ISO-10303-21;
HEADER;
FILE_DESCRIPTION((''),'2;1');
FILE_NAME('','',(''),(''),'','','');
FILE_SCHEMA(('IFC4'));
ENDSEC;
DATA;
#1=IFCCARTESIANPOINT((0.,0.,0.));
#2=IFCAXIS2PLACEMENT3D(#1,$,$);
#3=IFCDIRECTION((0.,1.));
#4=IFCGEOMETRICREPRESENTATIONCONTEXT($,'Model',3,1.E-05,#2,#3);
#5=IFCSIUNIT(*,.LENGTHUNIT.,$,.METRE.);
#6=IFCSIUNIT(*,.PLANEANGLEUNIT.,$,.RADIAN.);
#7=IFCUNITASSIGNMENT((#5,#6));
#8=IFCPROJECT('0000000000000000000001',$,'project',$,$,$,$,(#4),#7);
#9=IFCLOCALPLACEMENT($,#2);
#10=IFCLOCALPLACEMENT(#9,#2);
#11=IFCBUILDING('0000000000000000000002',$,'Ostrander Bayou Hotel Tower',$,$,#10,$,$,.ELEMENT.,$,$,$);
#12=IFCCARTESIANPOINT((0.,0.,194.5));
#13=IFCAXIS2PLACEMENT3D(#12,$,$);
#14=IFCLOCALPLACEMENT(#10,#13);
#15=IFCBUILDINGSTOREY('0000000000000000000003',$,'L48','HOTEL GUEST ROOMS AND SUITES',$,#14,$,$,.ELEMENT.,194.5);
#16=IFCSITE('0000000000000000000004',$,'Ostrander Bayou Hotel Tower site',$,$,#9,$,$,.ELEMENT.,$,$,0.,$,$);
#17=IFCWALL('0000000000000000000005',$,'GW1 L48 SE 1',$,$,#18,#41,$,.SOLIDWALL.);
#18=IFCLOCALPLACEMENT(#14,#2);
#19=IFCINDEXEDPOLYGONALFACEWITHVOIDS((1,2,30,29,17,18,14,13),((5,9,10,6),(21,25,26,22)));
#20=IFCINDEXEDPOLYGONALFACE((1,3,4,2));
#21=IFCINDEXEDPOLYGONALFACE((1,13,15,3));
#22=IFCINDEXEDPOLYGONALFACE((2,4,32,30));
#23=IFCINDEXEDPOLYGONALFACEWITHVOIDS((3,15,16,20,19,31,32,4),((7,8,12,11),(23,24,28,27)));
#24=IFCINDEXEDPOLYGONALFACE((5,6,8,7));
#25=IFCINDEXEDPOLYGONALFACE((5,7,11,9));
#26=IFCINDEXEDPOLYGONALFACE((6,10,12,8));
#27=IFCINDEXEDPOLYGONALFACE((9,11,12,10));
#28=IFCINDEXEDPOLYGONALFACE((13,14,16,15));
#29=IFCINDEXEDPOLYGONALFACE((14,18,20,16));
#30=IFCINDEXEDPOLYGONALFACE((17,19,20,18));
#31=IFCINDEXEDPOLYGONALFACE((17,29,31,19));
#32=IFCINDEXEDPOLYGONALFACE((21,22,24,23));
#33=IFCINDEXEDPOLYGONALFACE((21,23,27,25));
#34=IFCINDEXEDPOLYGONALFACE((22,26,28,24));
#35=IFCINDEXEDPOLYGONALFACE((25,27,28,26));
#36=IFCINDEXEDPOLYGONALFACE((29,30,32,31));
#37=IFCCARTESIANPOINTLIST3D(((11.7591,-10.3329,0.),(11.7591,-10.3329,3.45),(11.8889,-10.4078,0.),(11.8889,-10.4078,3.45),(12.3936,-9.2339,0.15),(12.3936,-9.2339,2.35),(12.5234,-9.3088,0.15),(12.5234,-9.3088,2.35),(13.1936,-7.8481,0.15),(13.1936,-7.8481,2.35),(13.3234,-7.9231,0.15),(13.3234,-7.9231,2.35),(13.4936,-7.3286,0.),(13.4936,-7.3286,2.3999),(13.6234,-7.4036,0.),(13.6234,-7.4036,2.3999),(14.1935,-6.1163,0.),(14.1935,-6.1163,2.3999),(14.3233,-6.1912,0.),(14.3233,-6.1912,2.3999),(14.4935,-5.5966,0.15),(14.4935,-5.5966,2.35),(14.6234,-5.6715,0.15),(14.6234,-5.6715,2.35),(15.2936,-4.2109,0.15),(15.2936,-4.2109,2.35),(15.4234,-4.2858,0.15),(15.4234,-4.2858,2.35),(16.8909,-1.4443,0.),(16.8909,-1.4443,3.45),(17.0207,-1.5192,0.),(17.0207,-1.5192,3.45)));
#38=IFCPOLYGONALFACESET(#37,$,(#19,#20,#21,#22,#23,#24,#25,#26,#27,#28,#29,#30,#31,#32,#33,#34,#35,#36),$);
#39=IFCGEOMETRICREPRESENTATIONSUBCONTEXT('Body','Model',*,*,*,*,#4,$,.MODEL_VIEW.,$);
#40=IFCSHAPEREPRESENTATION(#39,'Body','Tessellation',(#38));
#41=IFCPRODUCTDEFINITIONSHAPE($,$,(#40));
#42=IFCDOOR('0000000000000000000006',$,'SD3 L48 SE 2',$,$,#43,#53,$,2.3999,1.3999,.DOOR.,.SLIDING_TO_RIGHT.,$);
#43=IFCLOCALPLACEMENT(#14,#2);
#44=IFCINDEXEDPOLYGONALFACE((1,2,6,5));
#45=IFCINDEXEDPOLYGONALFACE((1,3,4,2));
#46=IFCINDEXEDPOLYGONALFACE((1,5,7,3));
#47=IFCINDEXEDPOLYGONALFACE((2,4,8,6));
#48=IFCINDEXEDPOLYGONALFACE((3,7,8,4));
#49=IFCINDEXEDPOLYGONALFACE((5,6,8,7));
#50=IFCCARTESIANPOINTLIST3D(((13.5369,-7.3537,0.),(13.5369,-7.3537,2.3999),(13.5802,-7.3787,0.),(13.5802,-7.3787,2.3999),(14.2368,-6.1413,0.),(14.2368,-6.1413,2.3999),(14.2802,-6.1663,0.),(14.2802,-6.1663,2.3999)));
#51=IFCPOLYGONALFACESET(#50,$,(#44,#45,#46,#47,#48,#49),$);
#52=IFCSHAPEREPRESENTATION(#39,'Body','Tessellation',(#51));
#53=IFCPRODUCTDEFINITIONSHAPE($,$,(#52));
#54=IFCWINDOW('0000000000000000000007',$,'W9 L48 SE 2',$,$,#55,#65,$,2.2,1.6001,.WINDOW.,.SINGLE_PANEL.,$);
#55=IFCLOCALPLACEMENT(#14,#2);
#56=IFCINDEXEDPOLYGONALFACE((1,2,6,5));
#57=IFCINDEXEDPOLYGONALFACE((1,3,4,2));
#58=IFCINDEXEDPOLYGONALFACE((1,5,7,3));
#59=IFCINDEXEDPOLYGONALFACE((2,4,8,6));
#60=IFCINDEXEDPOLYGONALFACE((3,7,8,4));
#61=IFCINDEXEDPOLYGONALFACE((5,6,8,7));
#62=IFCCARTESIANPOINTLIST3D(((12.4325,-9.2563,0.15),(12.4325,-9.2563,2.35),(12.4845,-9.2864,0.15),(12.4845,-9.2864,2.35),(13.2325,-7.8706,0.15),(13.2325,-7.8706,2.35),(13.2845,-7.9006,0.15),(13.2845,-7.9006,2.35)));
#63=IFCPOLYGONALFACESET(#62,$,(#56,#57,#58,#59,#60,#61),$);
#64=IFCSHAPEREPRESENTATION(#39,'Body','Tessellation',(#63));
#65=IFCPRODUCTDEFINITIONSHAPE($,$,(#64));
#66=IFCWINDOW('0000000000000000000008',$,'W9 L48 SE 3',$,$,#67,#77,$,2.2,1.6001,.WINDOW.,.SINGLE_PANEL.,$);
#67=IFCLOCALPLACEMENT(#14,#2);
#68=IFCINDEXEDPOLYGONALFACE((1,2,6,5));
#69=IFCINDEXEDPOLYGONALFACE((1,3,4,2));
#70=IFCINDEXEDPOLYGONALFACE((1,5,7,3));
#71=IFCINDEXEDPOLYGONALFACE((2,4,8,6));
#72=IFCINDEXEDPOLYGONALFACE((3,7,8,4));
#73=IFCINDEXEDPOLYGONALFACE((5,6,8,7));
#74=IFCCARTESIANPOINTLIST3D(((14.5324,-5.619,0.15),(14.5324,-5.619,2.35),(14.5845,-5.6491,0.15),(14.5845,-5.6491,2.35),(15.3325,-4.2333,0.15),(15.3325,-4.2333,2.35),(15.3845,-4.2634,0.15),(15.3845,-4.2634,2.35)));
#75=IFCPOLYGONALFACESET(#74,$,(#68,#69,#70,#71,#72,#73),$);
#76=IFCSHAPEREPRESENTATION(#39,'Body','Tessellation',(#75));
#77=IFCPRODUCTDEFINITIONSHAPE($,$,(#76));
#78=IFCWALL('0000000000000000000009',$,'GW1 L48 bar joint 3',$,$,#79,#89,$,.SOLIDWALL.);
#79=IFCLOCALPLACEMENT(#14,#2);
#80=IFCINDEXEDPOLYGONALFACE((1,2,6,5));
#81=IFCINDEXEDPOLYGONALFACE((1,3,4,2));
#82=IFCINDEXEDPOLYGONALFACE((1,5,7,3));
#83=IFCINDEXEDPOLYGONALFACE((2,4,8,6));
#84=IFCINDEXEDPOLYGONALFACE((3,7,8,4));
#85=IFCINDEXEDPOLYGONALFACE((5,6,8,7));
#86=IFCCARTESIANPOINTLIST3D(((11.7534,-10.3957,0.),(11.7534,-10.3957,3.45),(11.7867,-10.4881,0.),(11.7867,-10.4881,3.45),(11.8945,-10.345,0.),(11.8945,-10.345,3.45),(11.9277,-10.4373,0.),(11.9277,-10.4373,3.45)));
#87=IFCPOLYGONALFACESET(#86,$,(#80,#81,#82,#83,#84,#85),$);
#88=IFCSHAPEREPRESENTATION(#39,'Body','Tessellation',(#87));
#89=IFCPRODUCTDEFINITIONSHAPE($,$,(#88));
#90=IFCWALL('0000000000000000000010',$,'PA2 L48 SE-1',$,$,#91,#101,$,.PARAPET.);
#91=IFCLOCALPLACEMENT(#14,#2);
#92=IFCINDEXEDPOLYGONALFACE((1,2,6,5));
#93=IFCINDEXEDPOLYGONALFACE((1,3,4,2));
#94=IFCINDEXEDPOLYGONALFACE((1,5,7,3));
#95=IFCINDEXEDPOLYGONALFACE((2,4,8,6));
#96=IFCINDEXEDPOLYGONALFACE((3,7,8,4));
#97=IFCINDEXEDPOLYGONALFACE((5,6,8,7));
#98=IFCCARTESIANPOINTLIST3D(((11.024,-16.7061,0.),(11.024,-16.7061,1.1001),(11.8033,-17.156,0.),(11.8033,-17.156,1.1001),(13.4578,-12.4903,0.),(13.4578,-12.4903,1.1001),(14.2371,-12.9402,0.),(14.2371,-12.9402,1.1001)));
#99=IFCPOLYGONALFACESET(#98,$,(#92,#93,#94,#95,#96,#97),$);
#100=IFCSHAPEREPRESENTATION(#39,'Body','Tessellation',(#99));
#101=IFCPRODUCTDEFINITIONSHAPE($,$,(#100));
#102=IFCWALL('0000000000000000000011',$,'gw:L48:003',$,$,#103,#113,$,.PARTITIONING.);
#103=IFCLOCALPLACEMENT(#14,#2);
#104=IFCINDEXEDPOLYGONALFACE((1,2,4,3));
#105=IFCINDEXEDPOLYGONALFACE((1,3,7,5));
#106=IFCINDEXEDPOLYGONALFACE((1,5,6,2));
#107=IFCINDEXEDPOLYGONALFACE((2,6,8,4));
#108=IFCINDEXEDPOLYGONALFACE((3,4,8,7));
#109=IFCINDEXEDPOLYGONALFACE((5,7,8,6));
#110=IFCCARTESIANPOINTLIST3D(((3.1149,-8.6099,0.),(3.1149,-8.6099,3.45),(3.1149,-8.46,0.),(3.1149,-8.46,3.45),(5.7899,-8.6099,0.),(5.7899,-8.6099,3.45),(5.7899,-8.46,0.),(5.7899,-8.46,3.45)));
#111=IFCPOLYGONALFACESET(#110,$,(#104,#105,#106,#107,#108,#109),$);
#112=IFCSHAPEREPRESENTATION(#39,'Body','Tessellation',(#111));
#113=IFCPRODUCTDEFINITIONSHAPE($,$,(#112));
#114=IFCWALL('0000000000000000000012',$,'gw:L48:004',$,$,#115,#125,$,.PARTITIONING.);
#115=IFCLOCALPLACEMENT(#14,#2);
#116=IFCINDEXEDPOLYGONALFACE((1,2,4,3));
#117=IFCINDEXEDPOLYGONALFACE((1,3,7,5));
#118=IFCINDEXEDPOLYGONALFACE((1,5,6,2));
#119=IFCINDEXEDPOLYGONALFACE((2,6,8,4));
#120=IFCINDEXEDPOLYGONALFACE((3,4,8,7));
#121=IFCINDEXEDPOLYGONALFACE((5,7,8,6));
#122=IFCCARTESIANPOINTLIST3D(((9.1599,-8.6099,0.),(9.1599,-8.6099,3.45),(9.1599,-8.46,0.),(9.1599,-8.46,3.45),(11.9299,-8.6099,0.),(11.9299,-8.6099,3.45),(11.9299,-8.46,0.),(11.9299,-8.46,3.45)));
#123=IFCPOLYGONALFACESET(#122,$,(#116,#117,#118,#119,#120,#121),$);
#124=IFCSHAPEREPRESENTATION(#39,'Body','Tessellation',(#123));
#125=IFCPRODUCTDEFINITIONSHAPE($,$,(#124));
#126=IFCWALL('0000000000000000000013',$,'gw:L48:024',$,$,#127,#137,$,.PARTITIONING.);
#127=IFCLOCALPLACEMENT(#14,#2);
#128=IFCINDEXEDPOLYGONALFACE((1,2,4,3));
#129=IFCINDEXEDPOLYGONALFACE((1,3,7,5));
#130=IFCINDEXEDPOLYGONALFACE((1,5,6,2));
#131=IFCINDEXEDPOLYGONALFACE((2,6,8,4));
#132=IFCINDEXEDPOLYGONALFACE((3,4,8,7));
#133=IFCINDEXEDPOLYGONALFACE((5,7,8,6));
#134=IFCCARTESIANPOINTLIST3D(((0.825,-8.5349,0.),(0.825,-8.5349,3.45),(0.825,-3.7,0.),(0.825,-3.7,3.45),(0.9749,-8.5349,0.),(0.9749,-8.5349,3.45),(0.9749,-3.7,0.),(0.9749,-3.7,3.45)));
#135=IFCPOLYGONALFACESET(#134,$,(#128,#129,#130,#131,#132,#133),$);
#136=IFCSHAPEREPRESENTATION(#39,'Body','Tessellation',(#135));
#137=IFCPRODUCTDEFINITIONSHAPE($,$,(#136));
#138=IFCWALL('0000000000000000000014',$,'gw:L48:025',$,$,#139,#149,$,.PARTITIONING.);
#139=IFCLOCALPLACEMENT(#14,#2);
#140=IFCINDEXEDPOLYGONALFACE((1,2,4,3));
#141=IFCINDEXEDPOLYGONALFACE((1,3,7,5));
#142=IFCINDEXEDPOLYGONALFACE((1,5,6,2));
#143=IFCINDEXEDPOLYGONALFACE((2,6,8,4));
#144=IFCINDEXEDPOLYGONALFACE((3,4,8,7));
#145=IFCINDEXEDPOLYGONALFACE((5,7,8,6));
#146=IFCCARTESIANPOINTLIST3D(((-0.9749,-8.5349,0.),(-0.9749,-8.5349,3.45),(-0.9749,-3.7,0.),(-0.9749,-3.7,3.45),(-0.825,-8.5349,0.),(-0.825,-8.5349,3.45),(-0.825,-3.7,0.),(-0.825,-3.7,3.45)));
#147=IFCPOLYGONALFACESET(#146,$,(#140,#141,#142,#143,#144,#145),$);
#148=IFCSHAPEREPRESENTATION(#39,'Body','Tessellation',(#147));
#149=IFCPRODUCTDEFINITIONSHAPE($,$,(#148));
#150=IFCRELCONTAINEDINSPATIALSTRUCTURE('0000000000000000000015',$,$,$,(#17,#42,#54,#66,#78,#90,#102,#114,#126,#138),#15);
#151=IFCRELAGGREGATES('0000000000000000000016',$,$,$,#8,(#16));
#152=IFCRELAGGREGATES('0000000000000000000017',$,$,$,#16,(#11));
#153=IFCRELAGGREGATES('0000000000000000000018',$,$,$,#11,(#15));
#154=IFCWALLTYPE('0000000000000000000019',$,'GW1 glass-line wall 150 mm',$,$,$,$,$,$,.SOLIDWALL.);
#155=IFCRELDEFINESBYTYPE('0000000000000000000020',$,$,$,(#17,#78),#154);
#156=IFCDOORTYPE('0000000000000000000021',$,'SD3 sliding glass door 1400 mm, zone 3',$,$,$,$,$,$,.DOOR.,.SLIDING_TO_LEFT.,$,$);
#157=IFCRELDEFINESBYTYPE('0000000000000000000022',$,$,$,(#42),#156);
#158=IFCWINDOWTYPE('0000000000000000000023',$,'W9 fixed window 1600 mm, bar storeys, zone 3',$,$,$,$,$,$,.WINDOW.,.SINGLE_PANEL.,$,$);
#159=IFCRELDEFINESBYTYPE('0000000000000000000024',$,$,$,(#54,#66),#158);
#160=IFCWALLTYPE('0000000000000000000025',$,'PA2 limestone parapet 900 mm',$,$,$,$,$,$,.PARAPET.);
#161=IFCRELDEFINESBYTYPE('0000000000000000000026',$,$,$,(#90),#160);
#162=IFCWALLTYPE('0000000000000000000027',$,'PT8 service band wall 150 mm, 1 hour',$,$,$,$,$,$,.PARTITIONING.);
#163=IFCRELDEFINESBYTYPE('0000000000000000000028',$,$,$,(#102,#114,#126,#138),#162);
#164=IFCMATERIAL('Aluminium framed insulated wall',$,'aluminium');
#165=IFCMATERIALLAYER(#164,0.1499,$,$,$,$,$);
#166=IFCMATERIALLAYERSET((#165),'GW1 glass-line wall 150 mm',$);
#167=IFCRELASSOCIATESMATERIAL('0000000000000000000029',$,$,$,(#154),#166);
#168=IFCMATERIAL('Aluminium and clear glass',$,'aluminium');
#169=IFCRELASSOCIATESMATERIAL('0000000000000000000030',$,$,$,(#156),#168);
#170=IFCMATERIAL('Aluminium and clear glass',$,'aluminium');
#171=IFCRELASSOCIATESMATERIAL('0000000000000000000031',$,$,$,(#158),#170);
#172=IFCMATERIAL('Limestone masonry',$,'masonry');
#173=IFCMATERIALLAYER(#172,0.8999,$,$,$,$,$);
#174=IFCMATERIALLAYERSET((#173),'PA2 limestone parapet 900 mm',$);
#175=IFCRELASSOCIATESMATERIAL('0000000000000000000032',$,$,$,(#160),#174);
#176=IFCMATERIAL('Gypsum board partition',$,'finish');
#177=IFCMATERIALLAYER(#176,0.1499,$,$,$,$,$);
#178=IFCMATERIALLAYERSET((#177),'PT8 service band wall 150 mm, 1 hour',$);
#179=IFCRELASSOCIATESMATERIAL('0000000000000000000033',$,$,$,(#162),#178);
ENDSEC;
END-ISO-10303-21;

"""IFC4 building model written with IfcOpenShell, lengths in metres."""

from ifc_helpers import new_model, si_unit, direction, frame, frame_2d, origin, place, context, subcontext, project, spatial, rectangle, extrude, material, layer, layer_set, type_object, element, fill, save


model = new_model("IFC4")

# Units and contexts
model_context = context("Model", 3, precision=1e-05, world=origin(), true_north=direction((0.0, 1.0)))
body_context = subcontext(model_context, "Body", "Model", "MODEL_VIEW")
ifc_project = project(units=[si_unit("LENGTHUNIT", "METRE"), si_unit("PLANEANGLEUNIT", "RADIAN")], contexts=[model_context])

# Site, building, storey
site_placement = place(None, origin())
site = spatial("IfcSite", under=ifc_project, at=site_placement, Name="Ostrander Bayou Hotel Tower site", CompositionType="ELEMENT", RefElevation=0.0)
building_placement = place(site_placement, origin())
building = spatial("IfcBuilding", under=site, at=building_placement, Name="Ostrander Bayou Hotel Tower", CompositionType="ELEMENT")
storey_placement = place(building_placement, frame((0.0, 0.0, 194.5)))
storey = spatial("IfcBuildingStorey", under=building, at=storey_placement, Name="L48", Description="HOTEL GUEST ROOMS AND SUITES", CompositionType="ELEMENT", Elevation=194.5)

# Wall, openings, door, windows
ifc_material_1 = material(Name="Aluminium framed insulated wall", Category="aluminium")
ifc_layer_1 = layer(ifc_material_1, 0.1499)
ifc_layer_set_1 = layer_set([ifc_layer_1], Name="GW1 glass-line wall 150 mm")
wall_type_1 = type_object("IfcWallType", Name="GW1 glass-line wall 150 mm", PredefinedType="SOLIDWALL", material=ifc_layer_set_1)
wall_1_placement = place(storey_placement, frame((11.824, -10.3704, 0.0), z_axis=(0.0, 0.0, 1.0), x_axis=(0.499997, 0.866027, 0.0)))
wall_1 = element("IfcWall", 1, at=wall_1_placement, inside=storey, type_object=wall_type_1, Name="GW1 L48 SE 1", PredefinedType="SOLIDWALL", context=body_context, shape_type="SweptSolid", body=[
    extrude(rectangle(XDim=10.2637, YDim=0.1499, at=frame_2d((5.1318, 0.0))), origin(), (0.0, 0.0, 1.0), 3.45),
])
opening_1_placement = place(wall_1_placement, frame((1.269, 0.0, 0.1499)))
opening_1 = element("IfcOpeningElement", 2, at=opening_1_placement, cuts=wall_1, PredefinedType="OPENING", context=body_context, shape_type="SweptSolid", body=[
    extrude(rectangle(XDim=1.6001, YDim=2.2, at=frame_2d((0.8, 1.1001))), frame((0.0, 0.075, 0.0), z_axis=(0.0, -1.0, 0.0), x_axis=(1.0, 0.0, 0.0)), (0.0, 0.0, 1.0), 0.1499),
])
opening_2_placement = place(wall_1_placement, frame((3.469, 0.0, 0.0)))
opening_2 = element("IfcOpeningElement", 3, at=opening_2_placement, cuts=wall_1, PredefinedType="OPENING", context=body_context, shape_type="SweptSolid", body=[
    extrude(rectangle(XDim=1.3999, YDim=2.3999, at=frame_2d((0.7, 1.2))), frame((0.0, 0.075, 0.0), z_axis=(0.0, -1.0, 0.0), x_axis=(1.0, 0.0, 0.0)), (0.0, 0.0, 1.0), 0.1499),
])
opening_3_placement = place(wall_1_placement, frame((5.469, 0.0, 0.1499)))
opening_3 = element("IfcOpeningElement", 4, at=opening_3_placement, cuts=wall_1, PredefinedType="OPENING", context=body_context, shape_type="SweptSolid", body=[
    extrude(rectangle(XDim=1.6001, YDim=2.2, at=frame_2d((0.8, 1.1001))), frame((0.0, 0.075, 0.0), z_axis=(0.0, -1.0, 0.0), x_axis=(1.0, 0.0, 0.0)), (0.0, 0.0, 1.0), 0.1499),
])
ifc_material_2 = material(Name="Aluminium and clear glass", Category="aluminium")
door_type_1 = type_object("IfcDoorType", Name="SD3 sliding glass door 1400 mm, zone 3", OperationType="SLIDING_TO_LEFT", PredefinedType="DOOR", material=ifc_material_2)
door_1_placement = place(opening_2_placement, origin())
door_1 = element("IfcDoor", 5, at=door_1_placement, inside=storey, type_object=door_type_1, Name="SD3 L48 SE 2", OperationType="SLIDING_TO_RIGHT", OverallHeight=2.3999, OverallWidth=1.3999, PredefinedType="DOOR", context=body_context, shape_type="SweptSolid", body=[
    extrude(rectangle(XDim=1.3999, YDim=2.3999, at=frame_2d((0.7, 1.2))), frame((0.0, 0.0249, 0.0), z_axis=(0.0, -1.0, 0.0), x_axis=(1.0, 0.0, 0.0)), (0.0, 0.0, 1.0), 0.05),
])
fill(opening_2, door_1)
ifc_material_3 = material(Name="Aluminium and clear glass", Category="aluminium")
window_type = type_object("IfcWindowType", Name="W9 fixed window 1600 mm, bar storeys, zone 3", PartitioningType="SINGLE_PANEL", PredefinedType="WINDOW", material=ifc_material_3)
window_1_placement = place(opening_1_placement, origin())
window_1 = element("IfcWindow", 6, at=window_1_placement, inside=storey, type_object=window_type, Name="W9 L48 SE 2", OverallHeight=2.2, OverallWidth=1.6001, PartitioningType="SINGLE_PANEL", PredefinedType="WINDOW", context=body_context, shape_type="SweptSolid", body=[
    extrude(rectangle(XDim=1.6001, YDim=2.2, at=frame_2d((0.8, 1.1001))), frame((0.0, 0.03, 0.0), z_axis=(0.0, -1.0, 0.0), x_axis=(1.0, 0.0, 0.0)), (0.0, 0.0, 1.0), 0.0601),
])
fill(opening_1, window_1)
window_2_placement = place(opening_3_placement, origin())
window_2 = element("IfcWindow", 7, at=window_2_placement, inside=storey, type_object=window_type, Name="W9 L48 SE 3", OverallHeight=2.2, OverallWidth=1.6001, PartitioningType="SINGLE_PANEL", PredefinedType="WINDOW", context=body_context, shape_type="SweptSolid", body=[
    extrude(rectangle(XDim=1.6001, YDim=2.2, at=frame_2d((0.8, 1.1001))), frame((0.0, 0.03, 0.0), z_axis=(0.0, -1.0, 0.0), x_axis=(1.0, 0.0, 0.0)), (0.0, 0.0, 1.0), 0.0601),
])
fill(opening_3, window_2)

# Walls
wall_2_placement = place(storey_placement, frame((11.824, -10.3704, 0.0), z_axis=(0.0, 0.0, 1.0), x_axis=(0.338543, -0.940951, 0.0)))
element("IfcWall", 8, at=wall_2_placement, inside=storey, type_object=wall_type_1, Name="GW1 L48 bar joint 3", PredefinedType="SOLIDWALL", context=body_context, shape_type="SweptSolid", body=[
    extrude(rectangle(XDim=0.0981, YDim=0.1499, at=frame_2d((0.0491, 0.0))), origin(), (0.0, 0.0, 1.0), 3.45),
])
ifc_material_4 = material(Name="Limestone masonry", Category="masonry")
ifc_layer_2 = layer(ifc_material_4, 0.8999)
ifc_layer_set_2 = layer_set([ifc_layer_2], Name="PA2 limestone parapet 900 mm")
wall_type_2 = type_object("IfcWallType", Name="PA2 limestone parapet 900 mm", PredefinedType="PARAPET", material=ifc_layer_set_2)
wall_3_placement = place(storey_placement, frame((11.4136, -16.9312, 0.0), z_axis=(0.0, 0.0, 1.0), x_axis=(0.499974, 0.86604, 0.0)))
element("IfcWall", 9, at=wall_3_placement, inside=storey, type_object=wall_type_2, Name="PA2 L48 SE-1", PredefinedType="PARAPET", context=body_context, shape_type="SweptSolid", body=[
    extrude(rectangle(XDim=4.8679, YDim=0.8999, at=frame_2d((2.4341, 0.0))), origin(), (0.0, 0.0, 1.0), 1.1001),
])
ifc_material_5 = material(Name="Gypsum board partition", Category="finish")
ifc_layer_3 = layer(ifc_material_5, 0.1499)
ifc_layer_set_3 = layer_set([ifc_layer_3], Name="PT8 service band wall 150 mm, 1 hour")
wall_type_3 = type_object("IfcWallType", Name="PT8 service band wall 150 mm, 1 hour", PredefinedType="PARTITIONING", material=ifc_layer_set_3)
wall_4_placement = place(storey_placement, frame((3.115, -8.5349, 0.0), z_axis=(0.0, 0.0, 1.0), x_axis=(1.0, 0.0, 0.0)))
element("IfcWall", 10, at=wall_4_placement, inside=storey, type_object=wall_type_3, Name="gw:L48:003", PredefinedType="PARTITIONING", context=body_context, shape_type="SweptSolid", body=[
    extrude(rectangle(XDim=2.675, YDim=0.1499, at=frame_2d((1.3374, 0.0))), origin(), (0.0, 0.0, 1.0), 3.45),
])
wall_5_placement = place(storey_placement, frame((9.1599, -8.5349, 0.0), z_axis=(0.0, 0.0, 1.0), x_axis=(1.0, 0.0, 0.0)))
element("IfcWall", 11, at=wall_5_placement, inside=storey, type_object=wall_type_3, Name="gw:L48:004", PredefinedType="PARTITIONING", context=body_context, shape_type="SweptSolid", body=[
    extrude(rectangle(XDim=2.77, YDim=0.1499, at=frame_2d((1.385, 0.0))), origin(), (0.0, 0.0, 1.0), 3.45),
])
for number, where, z_axis, x_axis, name in (
    (12, (0.8999, -8.5349, 0.0), (0.0, 0.0, 1.0), (0.0, 1.0, 0.0), "gw:L48:024"),
    (13, (-0.8999, -8.5349, 0.0), (0.0, 0.0, 1.0), (0.0, 1.0, 0.0), "gw:L48:025"),
):
    element("IfcWall", number, at=place(storey_placement, frame(where, z_axis=z_axis, x_axis=x_axis)), inside=storey, type_object=wall_type_3, Name=name, PredefinedType="PARTITIONING", context=body_context, shape_type="SweptSolid", body=[
        extrude(rectangle(XDim=4.835, YDim=0.1499, at=frame_2d((2.4175, 0.0))), origin(), (0.0, 0.0, 1.0), 3.45),
    ])

save(model, "model.ifc")
